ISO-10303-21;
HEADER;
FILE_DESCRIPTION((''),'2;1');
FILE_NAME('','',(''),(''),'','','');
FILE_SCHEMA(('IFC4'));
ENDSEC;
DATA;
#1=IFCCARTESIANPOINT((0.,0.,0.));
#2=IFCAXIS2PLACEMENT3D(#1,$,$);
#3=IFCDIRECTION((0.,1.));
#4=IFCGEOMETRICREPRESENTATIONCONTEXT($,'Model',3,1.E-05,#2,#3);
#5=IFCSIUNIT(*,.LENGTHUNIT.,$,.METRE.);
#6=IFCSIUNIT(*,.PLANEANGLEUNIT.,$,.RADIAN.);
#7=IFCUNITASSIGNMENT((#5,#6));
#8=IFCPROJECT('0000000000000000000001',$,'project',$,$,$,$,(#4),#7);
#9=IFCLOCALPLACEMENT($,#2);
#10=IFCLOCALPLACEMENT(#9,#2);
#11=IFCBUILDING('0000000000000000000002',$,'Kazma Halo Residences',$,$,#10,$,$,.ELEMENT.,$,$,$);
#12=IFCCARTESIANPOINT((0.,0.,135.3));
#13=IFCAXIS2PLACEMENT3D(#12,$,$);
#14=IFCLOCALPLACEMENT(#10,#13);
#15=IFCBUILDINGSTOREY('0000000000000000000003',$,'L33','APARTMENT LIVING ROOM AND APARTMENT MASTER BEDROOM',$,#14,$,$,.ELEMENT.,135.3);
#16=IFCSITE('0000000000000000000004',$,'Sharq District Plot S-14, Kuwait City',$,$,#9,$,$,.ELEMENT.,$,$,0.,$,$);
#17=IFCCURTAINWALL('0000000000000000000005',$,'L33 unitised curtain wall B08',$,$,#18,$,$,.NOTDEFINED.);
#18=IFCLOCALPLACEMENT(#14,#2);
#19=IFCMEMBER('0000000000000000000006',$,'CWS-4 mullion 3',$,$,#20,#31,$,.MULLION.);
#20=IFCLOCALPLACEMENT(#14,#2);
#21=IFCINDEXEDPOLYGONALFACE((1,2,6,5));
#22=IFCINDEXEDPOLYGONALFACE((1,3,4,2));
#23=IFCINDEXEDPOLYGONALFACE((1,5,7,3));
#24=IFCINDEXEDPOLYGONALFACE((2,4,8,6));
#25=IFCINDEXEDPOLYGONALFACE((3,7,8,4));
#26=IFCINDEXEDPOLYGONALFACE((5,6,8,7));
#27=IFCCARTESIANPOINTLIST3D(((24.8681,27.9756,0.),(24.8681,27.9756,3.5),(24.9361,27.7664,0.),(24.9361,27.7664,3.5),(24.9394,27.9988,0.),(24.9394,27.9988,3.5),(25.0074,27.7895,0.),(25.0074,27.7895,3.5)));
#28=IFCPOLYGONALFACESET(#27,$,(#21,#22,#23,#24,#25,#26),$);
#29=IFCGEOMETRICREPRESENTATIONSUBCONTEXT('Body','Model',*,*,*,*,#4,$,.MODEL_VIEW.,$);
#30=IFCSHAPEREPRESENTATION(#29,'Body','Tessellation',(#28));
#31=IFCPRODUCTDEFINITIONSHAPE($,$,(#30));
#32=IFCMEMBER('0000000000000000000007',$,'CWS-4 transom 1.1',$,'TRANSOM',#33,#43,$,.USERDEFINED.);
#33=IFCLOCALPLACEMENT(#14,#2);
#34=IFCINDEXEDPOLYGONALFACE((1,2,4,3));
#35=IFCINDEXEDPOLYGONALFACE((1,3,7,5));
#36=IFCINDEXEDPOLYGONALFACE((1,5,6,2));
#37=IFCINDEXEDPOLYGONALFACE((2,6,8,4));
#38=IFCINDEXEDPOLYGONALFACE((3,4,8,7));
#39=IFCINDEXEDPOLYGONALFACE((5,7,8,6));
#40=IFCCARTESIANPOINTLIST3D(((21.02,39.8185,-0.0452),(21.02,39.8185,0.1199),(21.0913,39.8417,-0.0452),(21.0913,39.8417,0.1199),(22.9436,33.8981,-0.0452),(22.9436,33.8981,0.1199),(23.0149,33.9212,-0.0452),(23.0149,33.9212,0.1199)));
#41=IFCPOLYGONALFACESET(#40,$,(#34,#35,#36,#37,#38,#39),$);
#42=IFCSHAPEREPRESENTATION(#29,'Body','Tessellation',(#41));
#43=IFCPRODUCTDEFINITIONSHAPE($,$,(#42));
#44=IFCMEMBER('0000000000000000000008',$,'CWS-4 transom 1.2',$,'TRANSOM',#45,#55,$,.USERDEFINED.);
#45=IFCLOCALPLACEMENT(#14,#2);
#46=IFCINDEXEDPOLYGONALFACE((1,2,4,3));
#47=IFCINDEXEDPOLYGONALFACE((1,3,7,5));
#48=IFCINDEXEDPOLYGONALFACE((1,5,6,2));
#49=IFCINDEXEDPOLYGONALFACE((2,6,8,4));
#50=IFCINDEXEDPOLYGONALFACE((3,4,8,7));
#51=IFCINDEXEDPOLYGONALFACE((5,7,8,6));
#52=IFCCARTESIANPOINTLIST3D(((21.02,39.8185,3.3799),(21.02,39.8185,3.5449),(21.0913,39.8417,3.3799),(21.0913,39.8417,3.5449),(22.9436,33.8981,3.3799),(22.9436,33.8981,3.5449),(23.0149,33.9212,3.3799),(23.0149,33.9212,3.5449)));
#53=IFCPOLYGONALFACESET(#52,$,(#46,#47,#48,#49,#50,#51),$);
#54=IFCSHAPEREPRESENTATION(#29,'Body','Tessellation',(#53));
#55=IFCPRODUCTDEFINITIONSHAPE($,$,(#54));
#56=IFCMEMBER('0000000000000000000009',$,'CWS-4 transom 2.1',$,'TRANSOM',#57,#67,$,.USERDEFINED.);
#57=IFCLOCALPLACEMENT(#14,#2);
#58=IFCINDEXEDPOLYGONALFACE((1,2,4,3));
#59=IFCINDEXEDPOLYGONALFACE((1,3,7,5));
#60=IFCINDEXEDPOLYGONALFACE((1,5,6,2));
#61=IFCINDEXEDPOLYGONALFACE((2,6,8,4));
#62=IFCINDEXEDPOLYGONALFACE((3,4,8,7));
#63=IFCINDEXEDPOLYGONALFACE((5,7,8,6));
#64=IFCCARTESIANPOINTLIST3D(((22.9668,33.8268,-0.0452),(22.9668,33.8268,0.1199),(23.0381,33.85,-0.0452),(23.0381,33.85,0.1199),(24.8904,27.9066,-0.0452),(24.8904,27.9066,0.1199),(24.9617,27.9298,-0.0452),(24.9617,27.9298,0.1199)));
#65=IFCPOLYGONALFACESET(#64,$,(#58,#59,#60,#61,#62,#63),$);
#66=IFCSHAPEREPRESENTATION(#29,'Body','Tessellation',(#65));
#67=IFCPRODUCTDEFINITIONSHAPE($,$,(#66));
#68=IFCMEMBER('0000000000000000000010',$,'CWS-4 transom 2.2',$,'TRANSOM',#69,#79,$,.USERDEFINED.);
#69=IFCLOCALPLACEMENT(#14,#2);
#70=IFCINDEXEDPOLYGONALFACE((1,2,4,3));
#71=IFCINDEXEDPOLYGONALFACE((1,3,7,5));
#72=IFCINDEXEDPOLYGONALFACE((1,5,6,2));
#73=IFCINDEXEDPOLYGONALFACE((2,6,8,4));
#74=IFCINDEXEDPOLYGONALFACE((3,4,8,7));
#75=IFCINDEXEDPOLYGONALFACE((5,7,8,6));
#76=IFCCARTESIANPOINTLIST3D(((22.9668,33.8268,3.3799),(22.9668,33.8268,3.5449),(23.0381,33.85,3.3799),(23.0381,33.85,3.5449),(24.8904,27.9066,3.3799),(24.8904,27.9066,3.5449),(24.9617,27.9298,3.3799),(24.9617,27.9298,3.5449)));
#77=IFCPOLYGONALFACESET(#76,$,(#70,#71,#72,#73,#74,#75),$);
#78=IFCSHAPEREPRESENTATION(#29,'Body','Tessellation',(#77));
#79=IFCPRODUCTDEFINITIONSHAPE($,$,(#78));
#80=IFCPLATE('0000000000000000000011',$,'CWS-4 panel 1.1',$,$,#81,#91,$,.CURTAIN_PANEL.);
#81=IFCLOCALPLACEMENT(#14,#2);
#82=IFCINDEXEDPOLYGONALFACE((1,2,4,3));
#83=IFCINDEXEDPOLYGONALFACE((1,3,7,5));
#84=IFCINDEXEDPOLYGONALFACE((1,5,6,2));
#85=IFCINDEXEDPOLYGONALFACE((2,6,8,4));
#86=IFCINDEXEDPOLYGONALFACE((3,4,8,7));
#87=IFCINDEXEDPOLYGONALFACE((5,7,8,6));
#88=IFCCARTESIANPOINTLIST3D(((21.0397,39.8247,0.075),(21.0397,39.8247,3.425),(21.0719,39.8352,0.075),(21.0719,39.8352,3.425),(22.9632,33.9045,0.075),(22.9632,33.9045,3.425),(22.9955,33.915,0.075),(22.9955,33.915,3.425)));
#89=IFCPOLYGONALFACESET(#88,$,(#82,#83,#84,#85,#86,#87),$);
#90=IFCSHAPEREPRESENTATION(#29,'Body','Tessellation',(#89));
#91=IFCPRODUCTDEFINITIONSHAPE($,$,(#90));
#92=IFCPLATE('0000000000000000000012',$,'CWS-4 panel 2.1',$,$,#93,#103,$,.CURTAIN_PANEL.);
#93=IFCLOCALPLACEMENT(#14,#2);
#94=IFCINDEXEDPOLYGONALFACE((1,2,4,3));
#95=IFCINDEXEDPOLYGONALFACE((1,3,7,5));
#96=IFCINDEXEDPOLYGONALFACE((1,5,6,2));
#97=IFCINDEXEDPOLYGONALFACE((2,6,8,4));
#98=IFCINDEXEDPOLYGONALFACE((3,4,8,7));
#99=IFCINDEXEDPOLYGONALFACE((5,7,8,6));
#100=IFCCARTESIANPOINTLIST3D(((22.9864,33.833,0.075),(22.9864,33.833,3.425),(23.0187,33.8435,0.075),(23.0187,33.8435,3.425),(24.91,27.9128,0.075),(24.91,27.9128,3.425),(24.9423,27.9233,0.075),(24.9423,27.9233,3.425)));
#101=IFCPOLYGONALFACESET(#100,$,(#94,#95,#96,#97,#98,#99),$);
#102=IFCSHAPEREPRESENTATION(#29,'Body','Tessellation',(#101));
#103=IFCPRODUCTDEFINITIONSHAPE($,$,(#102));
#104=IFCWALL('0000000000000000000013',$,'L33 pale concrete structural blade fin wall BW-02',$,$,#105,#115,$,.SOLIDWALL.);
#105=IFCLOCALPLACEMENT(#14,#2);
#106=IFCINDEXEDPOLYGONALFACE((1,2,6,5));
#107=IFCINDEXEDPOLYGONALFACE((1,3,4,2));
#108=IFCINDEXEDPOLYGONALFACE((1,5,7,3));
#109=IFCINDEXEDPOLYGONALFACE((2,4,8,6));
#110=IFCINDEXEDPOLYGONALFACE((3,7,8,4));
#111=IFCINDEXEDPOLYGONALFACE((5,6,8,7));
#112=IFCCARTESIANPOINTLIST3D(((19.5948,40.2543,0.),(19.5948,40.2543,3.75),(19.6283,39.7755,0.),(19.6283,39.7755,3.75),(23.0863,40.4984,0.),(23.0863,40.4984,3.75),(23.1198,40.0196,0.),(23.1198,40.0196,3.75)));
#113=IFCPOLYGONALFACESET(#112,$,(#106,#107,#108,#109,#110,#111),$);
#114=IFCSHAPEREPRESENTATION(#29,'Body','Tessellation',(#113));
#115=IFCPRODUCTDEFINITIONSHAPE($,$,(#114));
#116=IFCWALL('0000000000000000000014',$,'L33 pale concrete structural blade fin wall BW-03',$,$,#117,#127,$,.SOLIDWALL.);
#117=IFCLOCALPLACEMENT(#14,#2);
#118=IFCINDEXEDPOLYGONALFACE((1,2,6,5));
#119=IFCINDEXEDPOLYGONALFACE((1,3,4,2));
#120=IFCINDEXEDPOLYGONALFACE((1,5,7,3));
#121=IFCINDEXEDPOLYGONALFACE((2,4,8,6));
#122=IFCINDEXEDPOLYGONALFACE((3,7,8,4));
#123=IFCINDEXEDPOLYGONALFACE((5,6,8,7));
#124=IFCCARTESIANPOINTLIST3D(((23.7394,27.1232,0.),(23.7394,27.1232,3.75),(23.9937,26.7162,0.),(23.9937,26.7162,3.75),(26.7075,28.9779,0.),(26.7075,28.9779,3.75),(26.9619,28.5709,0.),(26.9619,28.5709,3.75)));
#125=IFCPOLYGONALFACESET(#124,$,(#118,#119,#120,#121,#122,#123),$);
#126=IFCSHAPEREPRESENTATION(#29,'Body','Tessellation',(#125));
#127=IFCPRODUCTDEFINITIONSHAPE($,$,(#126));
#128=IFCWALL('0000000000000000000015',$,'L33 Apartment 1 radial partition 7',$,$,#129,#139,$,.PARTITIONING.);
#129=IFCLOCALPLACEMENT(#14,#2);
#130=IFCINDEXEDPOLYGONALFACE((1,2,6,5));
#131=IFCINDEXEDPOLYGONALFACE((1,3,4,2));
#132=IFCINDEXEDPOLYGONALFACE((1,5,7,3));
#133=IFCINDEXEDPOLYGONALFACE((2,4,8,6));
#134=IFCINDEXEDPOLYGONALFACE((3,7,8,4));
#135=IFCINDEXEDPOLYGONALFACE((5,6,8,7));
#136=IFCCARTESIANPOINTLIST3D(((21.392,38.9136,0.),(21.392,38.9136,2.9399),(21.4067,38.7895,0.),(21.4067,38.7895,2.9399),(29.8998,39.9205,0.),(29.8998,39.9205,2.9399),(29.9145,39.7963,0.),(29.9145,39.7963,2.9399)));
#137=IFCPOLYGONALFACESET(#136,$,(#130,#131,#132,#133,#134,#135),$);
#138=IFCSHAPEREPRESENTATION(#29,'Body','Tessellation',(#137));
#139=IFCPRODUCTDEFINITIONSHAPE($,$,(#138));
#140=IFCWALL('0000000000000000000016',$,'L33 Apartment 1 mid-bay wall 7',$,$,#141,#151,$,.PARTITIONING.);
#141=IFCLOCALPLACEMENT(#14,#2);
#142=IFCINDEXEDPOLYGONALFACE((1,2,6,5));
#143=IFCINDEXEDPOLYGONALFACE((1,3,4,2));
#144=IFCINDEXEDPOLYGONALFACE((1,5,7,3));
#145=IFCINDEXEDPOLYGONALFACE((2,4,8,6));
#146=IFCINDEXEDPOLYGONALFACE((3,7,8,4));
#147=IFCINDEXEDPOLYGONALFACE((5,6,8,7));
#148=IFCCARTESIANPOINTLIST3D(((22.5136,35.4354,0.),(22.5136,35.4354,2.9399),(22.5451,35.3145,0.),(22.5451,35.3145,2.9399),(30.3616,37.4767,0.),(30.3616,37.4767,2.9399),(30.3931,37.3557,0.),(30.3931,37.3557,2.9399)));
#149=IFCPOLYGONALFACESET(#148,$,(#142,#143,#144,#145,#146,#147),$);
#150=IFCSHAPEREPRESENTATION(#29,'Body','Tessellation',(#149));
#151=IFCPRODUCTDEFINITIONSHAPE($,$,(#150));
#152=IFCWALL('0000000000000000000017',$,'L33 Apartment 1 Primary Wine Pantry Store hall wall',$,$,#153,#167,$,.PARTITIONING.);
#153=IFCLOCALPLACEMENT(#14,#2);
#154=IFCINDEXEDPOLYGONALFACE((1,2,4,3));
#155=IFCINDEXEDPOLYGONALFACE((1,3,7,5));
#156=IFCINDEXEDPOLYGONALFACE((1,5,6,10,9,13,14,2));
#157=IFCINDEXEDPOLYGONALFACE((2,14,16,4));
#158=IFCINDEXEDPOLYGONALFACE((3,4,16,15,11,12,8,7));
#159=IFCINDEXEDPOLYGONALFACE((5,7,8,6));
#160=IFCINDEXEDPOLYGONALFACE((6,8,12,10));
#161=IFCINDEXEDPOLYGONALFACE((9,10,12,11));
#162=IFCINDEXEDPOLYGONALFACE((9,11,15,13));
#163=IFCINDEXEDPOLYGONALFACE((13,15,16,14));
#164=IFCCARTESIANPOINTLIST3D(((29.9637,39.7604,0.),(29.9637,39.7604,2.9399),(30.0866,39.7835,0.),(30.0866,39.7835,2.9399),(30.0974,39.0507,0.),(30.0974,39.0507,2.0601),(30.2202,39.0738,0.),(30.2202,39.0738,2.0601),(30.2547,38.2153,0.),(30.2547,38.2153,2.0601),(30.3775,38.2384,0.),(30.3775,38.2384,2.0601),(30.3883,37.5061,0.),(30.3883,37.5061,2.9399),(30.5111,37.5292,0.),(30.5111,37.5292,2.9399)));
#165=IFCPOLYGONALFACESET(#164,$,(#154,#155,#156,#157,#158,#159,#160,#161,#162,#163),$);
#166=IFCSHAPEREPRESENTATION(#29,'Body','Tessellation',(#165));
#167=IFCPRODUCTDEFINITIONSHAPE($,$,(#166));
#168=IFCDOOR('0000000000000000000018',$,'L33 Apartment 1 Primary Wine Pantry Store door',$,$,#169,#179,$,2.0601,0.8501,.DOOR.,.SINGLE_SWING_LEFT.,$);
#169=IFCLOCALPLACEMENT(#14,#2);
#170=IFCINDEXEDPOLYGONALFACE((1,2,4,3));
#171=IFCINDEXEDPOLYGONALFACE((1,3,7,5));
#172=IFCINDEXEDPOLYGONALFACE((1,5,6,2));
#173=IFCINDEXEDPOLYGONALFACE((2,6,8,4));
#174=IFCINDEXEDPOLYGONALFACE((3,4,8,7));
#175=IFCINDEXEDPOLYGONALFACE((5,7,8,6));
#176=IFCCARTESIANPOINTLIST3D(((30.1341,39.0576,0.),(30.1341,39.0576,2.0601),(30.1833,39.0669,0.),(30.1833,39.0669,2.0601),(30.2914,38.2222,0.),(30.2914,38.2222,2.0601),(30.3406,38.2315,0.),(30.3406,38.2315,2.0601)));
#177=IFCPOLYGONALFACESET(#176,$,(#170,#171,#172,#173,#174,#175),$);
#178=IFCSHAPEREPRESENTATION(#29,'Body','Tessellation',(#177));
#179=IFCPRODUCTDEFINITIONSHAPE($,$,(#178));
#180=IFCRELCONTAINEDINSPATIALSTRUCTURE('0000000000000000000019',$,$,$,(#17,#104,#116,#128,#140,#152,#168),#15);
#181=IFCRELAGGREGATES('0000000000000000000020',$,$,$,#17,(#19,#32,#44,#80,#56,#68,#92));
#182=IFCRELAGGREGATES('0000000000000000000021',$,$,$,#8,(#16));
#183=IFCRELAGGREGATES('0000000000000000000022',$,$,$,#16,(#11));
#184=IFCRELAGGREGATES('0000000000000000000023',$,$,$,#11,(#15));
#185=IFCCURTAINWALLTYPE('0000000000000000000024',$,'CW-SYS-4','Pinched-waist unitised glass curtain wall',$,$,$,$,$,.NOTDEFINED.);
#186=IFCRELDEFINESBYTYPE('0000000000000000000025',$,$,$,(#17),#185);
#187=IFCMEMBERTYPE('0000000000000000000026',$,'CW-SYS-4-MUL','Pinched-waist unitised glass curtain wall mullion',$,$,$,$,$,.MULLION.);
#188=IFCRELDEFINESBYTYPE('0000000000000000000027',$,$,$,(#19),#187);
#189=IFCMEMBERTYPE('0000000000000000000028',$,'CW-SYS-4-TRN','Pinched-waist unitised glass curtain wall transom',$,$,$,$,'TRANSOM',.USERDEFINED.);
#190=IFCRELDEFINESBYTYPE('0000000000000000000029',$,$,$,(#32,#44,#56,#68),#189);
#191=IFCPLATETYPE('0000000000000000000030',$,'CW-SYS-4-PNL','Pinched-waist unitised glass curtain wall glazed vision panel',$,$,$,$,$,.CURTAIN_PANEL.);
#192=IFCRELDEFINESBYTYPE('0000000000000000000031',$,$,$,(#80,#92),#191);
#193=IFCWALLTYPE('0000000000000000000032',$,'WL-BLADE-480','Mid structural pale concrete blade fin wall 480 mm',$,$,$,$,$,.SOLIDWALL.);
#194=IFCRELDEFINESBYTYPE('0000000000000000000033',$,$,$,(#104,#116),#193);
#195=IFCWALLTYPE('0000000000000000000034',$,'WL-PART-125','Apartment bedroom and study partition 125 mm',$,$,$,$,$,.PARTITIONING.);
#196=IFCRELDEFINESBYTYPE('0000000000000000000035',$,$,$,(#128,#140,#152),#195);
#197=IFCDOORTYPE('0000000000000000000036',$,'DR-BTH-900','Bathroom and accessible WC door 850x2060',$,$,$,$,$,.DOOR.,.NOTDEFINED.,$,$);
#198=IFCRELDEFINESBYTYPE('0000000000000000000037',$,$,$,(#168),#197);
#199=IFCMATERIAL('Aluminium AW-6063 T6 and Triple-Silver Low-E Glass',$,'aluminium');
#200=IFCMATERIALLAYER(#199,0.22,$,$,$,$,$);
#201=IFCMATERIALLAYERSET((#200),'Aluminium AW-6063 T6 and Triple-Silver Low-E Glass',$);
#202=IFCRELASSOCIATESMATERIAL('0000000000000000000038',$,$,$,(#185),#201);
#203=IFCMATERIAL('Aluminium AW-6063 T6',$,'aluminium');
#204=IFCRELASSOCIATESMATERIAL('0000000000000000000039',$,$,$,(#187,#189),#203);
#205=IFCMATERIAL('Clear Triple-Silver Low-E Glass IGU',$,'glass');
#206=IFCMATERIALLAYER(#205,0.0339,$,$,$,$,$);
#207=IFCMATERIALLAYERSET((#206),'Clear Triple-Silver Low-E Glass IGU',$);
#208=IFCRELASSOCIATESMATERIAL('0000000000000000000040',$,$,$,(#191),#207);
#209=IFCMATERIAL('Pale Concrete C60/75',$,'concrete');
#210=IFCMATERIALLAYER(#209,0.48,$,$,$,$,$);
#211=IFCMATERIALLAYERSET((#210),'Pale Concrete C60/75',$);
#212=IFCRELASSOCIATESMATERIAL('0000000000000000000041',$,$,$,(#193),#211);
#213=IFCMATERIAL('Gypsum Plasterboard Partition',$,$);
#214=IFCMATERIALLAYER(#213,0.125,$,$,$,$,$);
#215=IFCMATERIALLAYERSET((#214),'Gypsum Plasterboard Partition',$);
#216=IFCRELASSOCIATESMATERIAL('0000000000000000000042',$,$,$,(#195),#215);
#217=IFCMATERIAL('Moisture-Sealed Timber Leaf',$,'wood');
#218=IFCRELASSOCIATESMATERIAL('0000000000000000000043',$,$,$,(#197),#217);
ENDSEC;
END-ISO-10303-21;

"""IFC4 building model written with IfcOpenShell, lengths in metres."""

from ifc_helpers import new_model, si_unit, direction, frame, frame_2d, origin, origin_2d, place, context, subcontext, project, spatial, rectangle, extrude, material, layer, layer_set, material_profile, profile_set, type_object, element, fill, aggregate, save


model = new_model("IFC4")

# Units and contexts
model_context = context("Model", 3, precision=1e-05, world=origin(), true_north=direction((0.0, 1.0)))
body_context = subcontext(model_context, "Body", "Model", "MODEL_VIEW")
ifc_project = project(units=[si_unit("LENGTHUNIT", "METRE"), si_unit("PLANEANGLEUNIT", "RADIAN")], contexts=[model_context])

# Site, building, storey
site_placement = place(None, origin())
site = spatial("IfcSite", under=ifc_project, at=site_placement, Name="Sharq District Plot S-14, Kuwait City", CompositionType="ELEMENT", RefElevation=0.0)
building_placement = place(site_placement, origin())
building = spatial("IfcBuilding", under=site, at=building_placement, Name="Kazma Halo Residences", CompositionType="ELEMENT")
storey_placement = place(building_placement, frame((0.0, 0.0, 135.3)))
storey = spatial("IfcBuildingStorey", under=building, at=storey_placement, Name="L33", Description="APARTMENT LIVING ROOM AND APARTMENT MASTER BEDROOM", CompositionType="ELEMENT", Elevation=135.3)

# Shared definitions
ifc_material_1 = material(Name="Aluminium AW-6063 T6 and Triple-Silver Low-E Glass", Category="aluminium")
ifc_layer_1 = layer(ifc_material_1, 0.22)
ifc_layer_set_1 = layer_set([ifc_layer_1], Name="Aluminium AW-6063 T6 and Triple-Silver Low-E Glass")
curtain_wall_type = type_object("IfcCurtainWallType", Name="CW-SYS-4", Description="Pinched-waist unitised glass curtain wall", PredefinedType="NOTDEFINED", material=ifc_layer_set_1)
ifc_material_2 = material(Name="Aluminium AW-6063 T6", Category="aluminium")
ifc_material_profile_1 = material_profile(ifc_material_2, rectangle(XDim=0.075, YDim=0.22, at=origin_2d()), Name="CWM-75x220")
ifc_profile_set_1 = profile_set([ifc_material_profile_1], Name="Aluminium AW-6063 T6")
member_type_1 = type_object("IfcMemberType", Name="CW-SYS-4-MUL", Description="Pinched-waist unitised glass curtain wall mullion", PredefinedType="MULLION", material=ifc_profile_set_1)

# Curtain wall, members, plates
curtain_wall_1_placement = place(storey_placement, origin())
curtain_wall_1 = element("IfcCurtainWall", 1, at=curtain_wall_1_placement, inside=storey, type_object=curtain_wall_type, Name="L33 unitised curtain wall B08", PredefinedType="NOTDEFINED")
member_1_placement = place(storey_placement, frame((24.9377, 27.8826, 0.0), z_axis=(0.0, 0.0, 1.0), x_axis=(0.951058, 0.309014, 0.0)))
member_1 = element("IfcMember", 2, at=member_1_placement, type_object=member_type_1, Name="CWS-4 mullion 3", PredefinedType="MULLION", context=body_context, shape_type="SweptSolid", body=[
    extrude(rectangle(XDim=0.075, YDim=0.22, at=origin_2d()), origin(), (0.0, 0.0, 1.0), 3.5),
])
ifc_material_profile_2 = material_profile(ifc_material_2, rectangle(XDim=0.075, YDim=0.165, at=origin_2d()), Name="CWT-75x165")
ifc_profile_set_2 = profile_set([ifc_material_profile_2], Name="Aluminium AW-6063 T6")
member_type_2 = type_object("IfcMemberType", Name="CW-SYS-4-TRN", Description="Pinched-waist unitised glass curtain wall transom", ElementType="TRANSOM", PredefinedType="USERDEFINED", material=ifc_profile_set_2)
member_2_placement = place(storey_placement, frame((21.0557, 39.8301, 0.0374), z_axis=(0.309006, -0.95106, 0.0), x_axis=(0.95106, 0.309006, 0.0)))
member_2 = element("IfcMember", 3, at=member_2_placement, type_object=member_type_2, Name="CWS-4 transom 1.1", ObjectType="TRANSOM", PredefinedType="USERDEFINED", context=body_context, shape_type="SweptSolid", body=[
    extrude(rectangle(XDim=0.075, YDim=0.165, at=origin_2d()), origin(), (0.0, 0.0, 1.0), 6.2251),
])
member_3_placement = place(storey_placement, frame((21.0557, 39.8301, 3.4624), z_axis=(0.309006, -0.95106, 0.0), x_axis=(0.95106, 0.309006, 0.0)))
member_3 = element("IfcMember", 4, at=member_3_placement, type_object=member_type_2, Name="CWS-4 transom 1.2", ObjectType="TRANSOM", PredefinedType="USERDEFINED", context=body_context, shape_type="SweptSolid", body=[
    extrude(rectangle(XDim=0.075, YDim=0.165, at=origin_2d()), origin(), (0.0, 0.0, 1.0), 6.2251),
])
member_4_placement = place(storey_placement, frame((23.0024, 33.8384, 0.0374), z_axis=(0.309018, -0.951056, 0.0), x_axis=(0.951056, 0.309018, 0.0)))
member_4 = element("IfcMember", 5, at=member_4_placement, type_object=member_type_2, Name="CWS-4 transom 2.1", ObjectType="TRANSOM", PredefinedType="USERDEFINED", context=body_context, shape_type="SweptSolid", body=[
    extrude(rectangle(XDim=0.075, YDim=0.165, at=origin_2d()), origin(), (0.0, 0.0, 1.0), 6.2249),
])
member_5_placement = place(storey_placement, frame((23.0024, 33.8384, 3.4624), z_axis=(0.309018, -0.951056, 0.0), x_axis=(0.951056, 0.309018, 0.0)))
member_5 = element("IfcMember", 6, at=member_5_placement, type_object=member_type_2, Name="CWS-4 transom 2.2", ObjectType="TRANSOM", PredefinedType="USERDEFINED", context=body_context, shape_type="SweptSolid", body=[
    extrude(rectangle(XDim=0.075, YDim=0.165, at=origin_2d()), origin(), (0.0, 0.0, 1.0), 6.2249),
])
ifc_material_3 = material(Name="Clear Triple-Silver Low-E Glass IGU", Category="glass")
ifc_layer_2 = layer(ifc_material_3, 0.0339)
ifc_layer_set_2 = layer_set([ifc_layer_2], Name="Clear Triple-Silver Low-E Glass IGU")
plate_type = type_object("IfcPlateType", Name="CW-SYS-4-PNL", Description="Pinched-waist unitised glass curtain wall glazed vision panel", PredefinedType="CURTAIN_PANEL", material=ifc_layer_set_2)
plate_1_placement = place(storey_placement, frame((22.0176, 36.8699, 0.075), z_axis=(0.0, 0.0, 1.0), x_axis=(0.309014, -0.951058, 0.0)))
plate_1 = element("IfcPlate", 7, at=plate_1_placement, type_object=plate_type, Name="CWS-4 panel 1.1", PredefinedType="CURTAIN_PANEL", context=body_context, shape_type="SweptSolid", body=[
    extrude(rectangle(XDim=6.2249, YDim=0.0339, at=origin_2d()), origin(), (0.0, 0.0, 1.0), 3.3501),
])
plate_2_placement = place(storey_placement, frame((23.9644, 30.8782, 0.075), z_axis=(0.0, 0.0, 1.0), x_axis=(0.309014, -0.951058, 0.0)))
plate_2 = element("IfcPlate", 8, at=plate_2_placement, type_object=plate_type, Name="CWS-4 panel 2.1", PredefinedType="CURTAIN_PANEL", context=body_context, shape_type="SweptSolid", body=[
    extrude(rectangle(XDim=6.2249, YDim=0.0339, at=origin_2d()), origin(), (0.0, 0.0, 1.0), 3.3501),
])
aggregate(curtain_wall_1, [member_1, member_2, member_3, plate_1, member_4, member_5, plate_2])

# Walls
ifc_material_4 = material(Name="Pale Concrete C60/75", Category="concrete")
ifc_layer_3 = layer(ifc_material_4, 0.48)
ifc_layer_set_3 = layer_set([ifc_layer_3], Name="Pale Concrete C60/75")
wall_type_1 = type_object("IfcWallType", Name="WL-BLADE-480", Description="Mid structural pale concrete blade fin wall 480 mm", PredefinedType="SOLIDWALL", material=ifc_layer_set_3)
for number, where, z_axis, x_axis, name in (
    (9, (23.103, 40.259, 0.0), (0.0, 0.0, 1.0), (-0.997564, -0.069755, 0.0), "L33 pale concrete structural blade fin wall BW-02"),
    (10, (26.8347, 28.7744, 0.0), (0.0, 0.0, 1.0), (-0.848053, -0.529911, 0.0), "L33 pale concrete structural blade fin wall BW-03"),
):
    element("IfcWall", number, at=place(storey_placement, frame(where, z_axis=z_axis, x_axis=x_axis)), inside=storey, type_object=wall_type_1, Name=name, PredefinedType="SOLIDWALL", context=body_context, shape_type="SweptSolid", body=[
        extrude(rectangle(XDim=3.5, YDim=0.48, at=frame_2d((1.75, 0.0))), origin(), (0.0, 0.0, 1.0), 3.75),
    ])
ifc_material_5 = material(Name="Gypsum Plasterboard Partition")
ifc_layer_4 = layer(ifc_material_5, 0.125)
ifc_layer_set_4 = layer_set([ifc_layer_4], Name="Gypsum Plasterboard Partition")
wall_type_2 = type_object("IfcWallType", Name="WL-PART-125", Description="Apartment bedroom and study partition 125 mm", PredefinedType="PARTITIONING", material=ifc_layer_set_4)
wall_1_placement = place(storey_placement, frame((29.9072, 39.8584, 0.0), z_axis=(0.0, 0.0, 1.0), x_axis=(-0.99307, -0.117522, 0.0)))
element("IfcWall", 11, at=wall_1_placement, inside=storey, type_object=wall_type_2, Name="L33 Apartment 1 radial partition 7", PredefinedType="PARTITIONING", context=body_context, shape_type="SweptSolid", body=[
    extrude(rectangle(XDim=8.5671, YDim=0.125, at=frame_2d((4.2837, 0.0))), origin(), (0.0, 0.0, 1.0), 2.9399),
])
wall_2_placement = place(storey_placement, frame((30.3774, 37.4163, 0.0), z_axis=(0.0, 0.0, 1.0), x_axis=(-0.967798, -0.251727, 0.0)))
element("IfcWall", 12, at=wall_2_placement, inside=storey, type_object=wall_type_2, Name="L33 Apartment 1 mid-bay wall 7", PredefinedType="PARTITIONING", context=body_context, shape_type="SweptSolid", body=[
    extrude(rectangle(XDim=8.1091, YDim=0.125, at=frame_2d((4.0547, 0.0))), origin(), (0.0, 0.0, 1.0), 2.9399),
])

# Wall, opening, door
wall_3_placement = place(storey_placement, frame((30.0251, 39.772, 0.0), z_axis=(0.0, 0.0, 1.0), x_axis=(0.185072, -0.982725, 0.0)))
wall_3 = element("IfcWall", 13, at=wall_3_placement, inside=storey, type_object=wall_type_2, Name="L33 Apartment 1 Primary Wine Pantry Store hall wall", PredefinedType="PARTITIONING", context=body_context, shape_type="SweptSolid", body=[
    extrude(rectangle(XDim=2.2939, YDim=0.125, at=frame_2d((1.147, 0.0))), origin(), (0.0, 0.0, 1.0), 2.9399),
])
opening_1_placement = place(wall_3_placement, frame((0.7222, 0.0, 0.0)))
opening_1 = element("IfcOpeningElement", 14, at=opening_1_placement, cuts=wall_3, PredefinedType="OPENING", context=body_context, shape_type="SweptSolid", body=[
    extrude(rectangle(XDim=0.8501, YDim=2.0601, at=frame_2d((0.425, 1.03))), frame((0.0, 0.0725, 0.0), z_axis=(0.0, -1.0, 0.0), x_axis=(1.0, 0.0, 0.0)), (0.0, 0.0, 1.0), 0.145),
])
ifc_material_6 = material(Name="Moisture-Sealed Timber Leaf", Category="wood")
door_type_1 = type_object("IfcDoorType", Name="DR-BTH-900", Description="Bathroom and accessible WC door 850x2060", OperationType="NOTDEFINED", PredefinedType="DOOR", material=ifc_material_6)
door_1_placement = place(opening_1_placement, origin())
door_1 = element("IfcDoor", 15, at=door_1_placement, inside=storey, type_object=door_type_1, Name="L33 Apartment 1 Primary Wine Pantry Store door", OperationType="SINGLE_SWING_LEFT", OverallHeight=2.0601, OverallWidth=0.8501, PredefinedType="DOOR", context=body_context, shape_type="SweptSolid", body=[
    extrude(rectangle(XDim=0.8501, YDim=2.0601, at=frame_2d((0.425, 1.03))), frame((0.0, 0.0249, 0.0), z_axis=(0.0, -1.0, 0.0), x_axis=(1.0, 0.0, 0.0)), (0.0, 0.0, 1.0), 0.05),
])
fill(opening_1, door_1)

save(model, "model.ifc")
